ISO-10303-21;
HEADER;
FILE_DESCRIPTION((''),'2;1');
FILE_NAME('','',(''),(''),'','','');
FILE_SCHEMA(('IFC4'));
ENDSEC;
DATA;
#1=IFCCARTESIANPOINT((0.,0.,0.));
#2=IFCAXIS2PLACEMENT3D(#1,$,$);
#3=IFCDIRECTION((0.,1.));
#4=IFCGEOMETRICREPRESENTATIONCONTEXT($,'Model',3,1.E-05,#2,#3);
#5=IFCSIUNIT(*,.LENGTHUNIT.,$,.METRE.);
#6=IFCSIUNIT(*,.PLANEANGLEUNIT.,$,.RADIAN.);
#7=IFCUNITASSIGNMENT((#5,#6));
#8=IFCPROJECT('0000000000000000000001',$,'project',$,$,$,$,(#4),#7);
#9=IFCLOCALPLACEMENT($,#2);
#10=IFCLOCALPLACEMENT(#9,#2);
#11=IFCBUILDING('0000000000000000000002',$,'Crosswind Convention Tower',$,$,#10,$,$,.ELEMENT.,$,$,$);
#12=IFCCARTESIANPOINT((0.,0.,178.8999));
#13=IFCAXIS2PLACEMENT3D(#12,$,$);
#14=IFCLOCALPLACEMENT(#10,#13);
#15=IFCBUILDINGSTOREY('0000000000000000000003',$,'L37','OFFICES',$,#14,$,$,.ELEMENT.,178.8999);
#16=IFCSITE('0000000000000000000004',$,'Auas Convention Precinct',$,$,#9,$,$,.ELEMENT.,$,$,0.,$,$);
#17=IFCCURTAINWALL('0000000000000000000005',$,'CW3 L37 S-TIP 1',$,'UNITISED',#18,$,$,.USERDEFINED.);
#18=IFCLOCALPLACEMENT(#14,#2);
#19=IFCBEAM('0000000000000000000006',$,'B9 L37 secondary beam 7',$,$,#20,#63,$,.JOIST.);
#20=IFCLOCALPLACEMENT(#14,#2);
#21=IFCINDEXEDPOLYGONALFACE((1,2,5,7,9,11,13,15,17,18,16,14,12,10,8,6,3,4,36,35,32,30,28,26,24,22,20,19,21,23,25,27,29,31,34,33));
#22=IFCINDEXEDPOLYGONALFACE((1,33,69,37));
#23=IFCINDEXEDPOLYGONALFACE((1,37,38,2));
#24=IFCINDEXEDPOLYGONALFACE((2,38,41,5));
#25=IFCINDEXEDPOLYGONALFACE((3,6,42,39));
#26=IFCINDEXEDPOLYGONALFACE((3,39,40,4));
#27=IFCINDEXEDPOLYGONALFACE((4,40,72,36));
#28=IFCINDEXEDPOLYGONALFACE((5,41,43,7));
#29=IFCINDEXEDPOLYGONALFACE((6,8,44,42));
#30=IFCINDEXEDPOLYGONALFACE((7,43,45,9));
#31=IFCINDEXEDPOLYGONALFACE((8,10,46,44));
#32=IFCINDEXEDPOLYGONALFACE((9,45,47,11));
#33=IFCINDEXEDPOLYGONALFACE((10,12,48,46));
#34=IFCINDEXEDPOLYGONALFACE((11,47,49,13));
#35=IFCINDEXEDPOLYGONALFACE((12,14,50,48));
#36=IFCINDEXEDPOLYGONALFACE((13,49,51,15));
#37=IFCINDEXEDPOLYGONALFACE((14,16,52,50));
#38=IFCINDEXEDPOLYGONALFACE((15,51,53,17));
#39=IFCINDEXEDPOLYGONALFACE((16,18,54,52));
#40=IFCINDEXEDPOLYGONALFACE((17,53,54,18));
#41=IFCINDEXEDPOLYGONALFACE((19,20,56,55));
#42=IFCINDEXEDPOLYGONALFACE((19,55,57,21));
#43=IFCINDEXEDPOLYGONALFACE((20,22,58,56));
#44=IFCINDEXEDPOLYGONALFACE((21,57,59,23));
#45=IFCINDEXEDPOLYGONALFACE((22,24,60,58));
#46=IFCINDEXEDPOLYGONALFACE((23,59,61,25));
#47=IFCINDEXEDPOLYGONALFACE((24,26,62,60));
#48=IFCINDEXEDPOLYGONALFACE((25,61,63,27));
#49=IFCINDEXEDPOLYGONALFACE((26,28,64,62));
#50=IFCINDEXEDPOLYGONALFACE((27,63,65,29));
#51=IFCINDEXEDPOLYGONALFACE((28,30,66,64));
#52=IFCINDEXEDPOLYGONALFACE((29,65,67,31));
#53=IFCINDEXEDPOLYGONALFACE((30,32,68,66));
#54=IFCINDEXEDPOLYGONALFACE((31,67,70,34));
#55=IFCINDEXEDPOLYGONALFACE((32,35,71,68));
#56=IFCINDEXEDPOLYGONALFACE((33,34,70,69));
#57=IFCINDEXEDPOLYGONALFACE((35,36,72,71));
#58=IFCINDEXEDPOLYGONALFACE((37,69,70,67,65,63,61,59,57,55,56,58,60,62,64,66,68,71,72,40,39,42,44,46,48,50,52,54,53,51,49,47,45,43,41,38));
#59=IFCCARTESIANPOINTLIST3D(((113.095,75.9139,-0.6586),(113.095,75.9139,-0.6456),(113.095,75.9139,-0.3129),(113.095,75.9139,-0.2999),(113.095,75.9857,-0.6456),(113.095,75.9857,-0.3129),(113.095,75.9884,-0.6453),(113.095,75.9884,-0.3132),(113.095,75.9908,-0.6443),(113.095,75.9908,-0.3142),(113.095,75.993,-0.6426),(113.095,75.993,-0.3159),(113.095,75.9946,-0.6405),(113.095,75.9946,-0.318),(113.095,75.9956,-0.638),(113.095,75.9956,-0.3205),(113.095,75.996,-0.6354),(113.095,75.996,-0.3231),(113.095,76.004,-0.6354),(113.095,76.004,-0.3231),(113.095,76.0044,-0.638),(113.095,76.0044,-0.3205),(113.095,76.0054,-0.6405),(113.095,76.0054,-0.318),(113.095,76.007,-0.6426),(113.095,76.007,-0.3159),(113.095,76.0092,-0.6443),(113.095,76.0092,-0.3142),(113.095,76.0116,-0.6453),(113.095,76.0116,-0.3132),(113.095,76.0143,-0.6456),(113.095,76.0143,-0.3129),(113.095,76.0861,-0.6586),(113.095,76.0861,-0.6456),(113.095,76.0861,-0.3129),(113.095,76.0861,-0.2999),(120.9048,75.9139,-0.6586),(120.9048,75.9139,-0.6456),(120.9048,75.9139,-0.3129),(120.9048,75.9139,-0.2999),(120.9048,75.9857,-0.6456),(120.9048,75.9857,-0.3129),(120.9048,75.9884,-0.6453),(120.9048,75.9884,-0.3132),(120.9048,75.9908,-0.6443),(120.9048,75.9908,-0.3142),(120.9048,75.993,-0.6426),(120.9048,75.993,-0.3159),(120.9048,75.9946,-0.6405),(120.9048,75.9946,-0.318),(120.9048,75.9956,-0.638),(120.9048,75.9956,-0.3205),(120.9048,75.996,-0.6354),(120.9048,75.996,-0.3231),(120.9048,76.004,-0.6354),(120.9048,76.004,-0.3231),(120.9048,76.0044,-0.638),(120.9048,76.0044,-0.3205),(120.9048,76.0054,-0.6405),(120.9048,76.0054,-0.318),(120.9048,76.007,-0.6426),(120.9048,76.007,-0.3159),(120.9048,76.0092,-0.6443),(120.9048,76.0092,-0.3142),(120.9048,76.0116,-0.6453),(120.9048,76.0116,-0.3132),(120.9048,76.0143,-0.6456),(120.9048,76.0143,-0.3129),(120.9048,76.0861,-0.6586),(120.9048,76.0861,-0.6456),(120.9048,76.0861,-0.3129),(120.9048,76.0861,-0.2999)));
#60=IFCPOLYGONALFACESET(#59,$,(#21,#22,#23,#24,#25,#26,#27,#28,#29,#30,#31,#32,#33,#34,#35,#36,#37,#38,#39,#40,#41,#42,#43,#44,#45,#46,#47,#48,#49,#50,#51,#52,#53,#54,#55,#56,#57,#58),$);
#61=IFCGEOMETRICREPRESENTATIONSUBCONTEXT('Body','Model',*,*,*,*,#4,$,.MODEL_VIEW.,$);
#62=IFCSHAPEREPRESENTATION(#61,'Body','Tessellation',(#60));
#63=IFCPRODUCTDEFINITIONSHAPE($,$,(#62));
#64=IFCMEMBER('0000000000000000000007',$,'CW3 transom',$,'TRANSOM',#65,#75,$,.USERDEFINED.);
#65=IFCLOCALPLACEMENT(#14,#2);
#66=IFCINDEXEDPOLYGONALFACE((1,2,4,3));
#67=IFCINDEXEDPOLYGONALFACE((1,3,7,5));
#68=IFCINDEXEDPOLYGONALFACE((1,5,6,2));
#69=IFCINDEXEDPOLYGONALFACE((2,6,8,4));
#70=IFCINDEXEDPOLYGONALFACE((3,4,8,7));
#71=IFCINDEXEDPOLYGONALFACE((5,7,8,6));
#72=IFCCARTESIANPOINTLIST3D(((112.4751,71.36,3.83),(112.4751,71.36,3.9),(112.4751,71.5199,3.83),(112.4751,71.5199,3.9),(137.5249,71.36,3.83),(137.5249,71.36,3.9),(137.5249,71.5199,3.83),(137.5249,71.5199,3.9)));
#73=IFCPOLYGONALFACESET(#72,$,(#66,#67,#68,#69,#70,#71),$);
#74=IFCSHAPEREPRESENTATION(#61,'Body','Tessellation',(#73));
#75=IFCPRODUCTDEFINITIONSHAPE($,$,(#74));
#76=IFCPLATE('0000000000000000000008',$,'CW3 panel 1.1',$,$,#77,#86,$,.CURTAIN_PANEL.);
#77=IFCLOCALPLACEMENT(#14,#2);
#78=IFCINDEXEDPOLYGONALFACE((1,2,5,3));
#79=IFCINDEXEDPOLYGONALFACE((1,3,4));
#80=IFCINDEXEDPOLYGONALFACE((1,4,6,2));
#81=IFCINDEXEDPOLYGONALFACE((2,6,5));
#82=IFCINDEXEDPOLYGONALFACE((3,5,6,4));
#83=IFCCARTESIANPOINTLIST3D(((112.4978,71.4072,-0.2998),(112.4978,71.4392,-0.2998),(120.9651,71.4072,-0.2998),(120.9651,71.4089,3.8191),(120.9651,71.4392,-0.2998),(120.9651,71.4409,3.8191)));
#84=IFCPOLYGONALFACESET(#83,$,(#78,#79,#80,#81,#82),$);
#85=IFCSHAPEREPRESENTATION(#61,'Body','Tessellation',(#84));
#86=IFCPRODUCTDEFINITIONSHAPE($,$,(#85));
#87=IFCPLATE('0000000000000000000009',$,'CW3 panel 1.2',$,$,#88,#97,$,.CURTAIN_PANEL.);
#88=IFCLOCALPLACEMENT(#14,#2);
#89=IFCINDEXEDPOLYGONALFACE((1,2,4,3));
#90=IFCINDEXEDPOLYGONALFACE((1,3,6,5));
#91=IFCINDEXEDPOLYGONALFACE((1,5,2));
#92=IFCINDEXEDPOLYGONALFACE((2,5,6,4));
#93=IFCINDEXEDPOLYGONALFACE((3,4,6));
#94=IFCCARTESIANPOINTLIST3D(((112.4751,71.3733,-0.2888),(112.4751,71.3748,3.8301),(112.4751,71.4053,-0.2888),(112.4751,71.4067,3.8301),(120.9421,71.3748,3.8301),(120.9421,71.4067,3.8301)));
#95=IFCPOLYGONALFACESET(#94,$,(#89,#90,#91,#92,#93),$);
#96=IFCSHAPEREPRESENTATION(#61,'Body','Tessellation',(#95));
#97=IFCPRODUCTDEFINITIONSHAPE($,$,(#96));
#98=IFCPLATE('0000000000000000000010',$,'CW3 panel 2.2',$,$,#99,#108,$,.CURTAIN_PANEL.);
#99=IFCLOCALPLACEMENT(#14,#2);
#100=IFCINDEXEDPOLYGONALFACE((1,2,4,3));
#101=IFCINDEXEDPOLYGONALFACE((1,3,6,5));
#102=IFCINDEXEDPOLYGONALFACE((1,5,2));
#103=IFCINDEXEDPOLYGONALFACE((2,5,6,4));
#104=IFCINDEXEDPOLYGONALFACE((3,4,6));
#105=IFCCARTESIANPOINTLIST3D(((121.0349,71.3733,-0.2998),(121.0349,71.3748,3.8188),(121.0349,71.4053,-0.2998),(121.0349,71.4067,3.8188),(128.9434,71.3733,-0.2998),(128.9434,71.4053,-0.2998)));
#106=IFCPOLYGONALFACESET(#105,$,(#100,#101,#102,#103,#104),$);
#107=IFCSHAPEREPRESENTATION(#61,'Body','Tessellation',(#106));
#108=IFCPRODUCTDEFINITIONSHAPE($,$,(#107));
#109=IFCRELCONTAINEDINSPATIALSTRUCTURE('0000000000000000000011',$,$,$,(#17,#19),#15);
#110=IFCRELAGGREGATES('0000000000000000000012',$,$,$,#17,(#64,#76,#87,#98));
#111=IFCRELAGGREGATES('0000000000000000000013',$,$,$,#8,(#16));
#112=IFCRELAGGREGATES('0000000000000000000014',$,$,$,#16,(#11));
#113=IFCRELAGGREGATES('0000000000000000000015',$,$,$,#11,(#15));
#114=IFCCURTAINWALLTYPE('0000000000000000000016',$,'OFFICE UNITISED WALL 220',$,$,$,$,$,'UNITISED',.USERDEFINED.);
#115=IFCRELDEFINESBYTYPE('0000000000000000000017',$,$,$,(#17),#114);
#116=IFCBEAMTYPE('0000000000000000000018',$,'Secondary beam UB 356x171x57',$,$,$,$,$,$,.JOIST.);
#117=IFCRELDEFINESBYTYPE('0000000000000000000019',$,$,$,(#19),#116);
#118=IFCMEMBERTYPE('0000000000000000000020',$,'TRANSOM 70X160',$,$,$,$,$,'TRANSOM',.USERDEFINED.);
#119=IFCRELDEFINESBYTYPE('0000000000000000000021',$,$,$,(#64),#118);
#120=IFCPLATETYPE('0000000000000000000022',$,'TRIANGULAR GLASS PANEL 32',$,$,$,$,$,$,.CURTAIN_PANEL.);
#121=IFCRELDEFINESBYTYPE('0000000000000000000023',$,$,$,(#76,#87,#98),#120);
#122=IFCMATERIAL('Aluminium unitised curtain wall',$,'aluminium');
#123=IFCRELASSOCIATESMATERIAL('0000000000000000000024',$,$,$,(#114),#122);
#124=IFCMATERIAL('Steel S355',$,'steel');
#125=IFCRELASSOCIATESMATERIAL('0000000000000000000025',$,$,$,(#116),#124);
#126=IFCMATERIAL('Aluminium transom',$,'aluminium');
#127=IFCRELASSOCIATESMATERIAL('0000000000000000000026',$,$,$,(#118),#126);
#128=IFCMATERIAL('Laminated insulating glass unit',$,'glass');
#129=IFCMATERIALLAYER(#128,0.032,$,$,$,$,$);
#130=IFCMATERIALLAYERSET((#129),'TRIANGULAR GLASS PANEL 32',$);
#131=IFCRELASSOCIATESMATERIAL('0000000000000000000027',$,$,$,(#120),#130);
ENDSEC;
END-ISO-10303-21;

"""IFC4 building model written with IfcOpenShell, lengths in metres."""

from ifc_helpers import new_model, si_unit, direction, frame, origin, origin_2d, place, context, subcontext, project, spatial, polyline, rectangle, i_section, outline, extrude, material, layer, layer_set, material_profile, profile_set, type_object, element, aggregate, save


model = new_model("IFC4")

# Units and contexts
model_context = context("Model", 3, precision=1e-05, world=origin(), true_north=direction((0.0, 1.0)))
body_context = subcontext(model_context, "Body", "Model", "MODEL_VIEW")
ifc_project = project(units=[si_unit("LENGTHUNIT", "METRE"), si_unit("PLANEANGLEUNIT", "RADIAN")], contexts=[model_context])

# Site, building, storey
site_placement = place(None, origin())
site = spatial("IfcSite", under=ifc_project, at=site_placement, Name="Auas Convention Precinct", CompositionType="ELEMENT", RefElevation=0.0)
building_placement = place(site_placement, origin())
building = spatial("IfcBuilding", under=site, at=building_placement, Name="Crosswind Convention Tower", CompositionType="ELEMENT")
storey_placement = place(building_placement, frame((0.0, 0.0, 178.8999)))
storey = spatial("IfcBuildingStorey", under=building, at=storey_placement, Name="L37", Description="OFFICES", CompositionType="ELEMENT", Elevation=178.8999)

# Shared definitions
ifc_material_1 = material(Name="Steel S355", Category="steel")

# Curtain wall
ifc_material_2 = material(Name="Aluminium unitised curtain wall", Category="aluminium")
curtain_wall_type = type_object("IfcCurtainWallType", Name="OFFICE UNITISED WALL 220", ElementType="UNITISED", PredefinedType="USERDEFINED", material=ifc_material_2)
curtain_wall_placement = place(storey_placement, origin())
curtain_wall = element("IfcCurtainWall", 1, at=curtain_wall_placement, inside=storey, type_object=curtain_wall_type, Name="CW3 L37 S-TIP 1", ObjectType="UNITISED", PredefinedType="USERDEFINED")

# Beam
ifc_material_profile_1 = material_profile(ifc_material_1, i_section(OverallWidth=0.1721, OverallDepth=0.3586, WebThickness=0.0081, FlangeThickness=0.0129, FilletRadius=0.0103, at=origin_2d()), Name="UB 356x171x57")
ifc_profile_set_1 = profile_set([ifc_material_profile_1], Name="Steel S355")
beam_type_1 = type_object("IfcBeamType", Name="Secondary beam UB 356x171x57", PredefinedType="JOIST", material=ifc_profile_set_1)
beam_1_placement = place(storey_placement, frame((113.095, 76.0, -0.4792), z_axis=(1.0, 0.0, 0.0), x_axis=(0.0, 1.0, 0.0)))
element("IfcBeam", 2, at=beam_1_placement, inside=storey, type_object=beam_type_1, Name="B9 L37 secondary beam 7", PredefinedType="JOIST", context=body_context, shape_type="SweptSolid", body=[
    extrude(i_section(OverallWidth=0.1721, OverallDepth=0.3586, WebThickness=0.0081, FlangeThickness=0.0129, FilletRadius=0.0103, at=origin_2d()), origin(), (0.0, 0.0, 1.0), 7.8098),
])

# Member
ifc_material_3 = material(Name="Aluminium transom", Category="aluminium")
ifc_material_profile_2 = material_profile(ifc_material_3, rectangle(XDim=0.1599, YDim=0.0701, at=origin_2d()), Name="AL 160X70")
ifc_profile_set_2 = profile_set([ifc_material_profile_2], Name="Aluminium transom")
member_type_1 = type_object("IfcMemberType", Name="TRANSOM 70X160", ElementType="TRANSOM", PredefinedType="USERDEFINED", material=ifc_profile_set_2)
member_1_placement = place(storey_placement, frame((112.4751, 71.4399, 3.865), z_axis=(1.0, 0.0, 0.0), x_axis=(0.0, 1.0, 0.0)))
member_1 = element("IfcMember", 3, at=member_1_placement, type_object=member_type_1, Name="CW3 transom", ObjectType="TRANSOM", PredefinedType="USERDEFINED", context=body_context, shape_type="SweptSolid", body=[
    extrude(rectangle(XDim=0.1599, YDim=0.0701, at=origin_2d()), origin(), (0.0, 0.0, 1.0), 25.0498),
])

# Plates
ifc_material_4 = material(Name="Laminated insulating glass unit", Category="glass")
ifc_layer_1 = layer(ifc_material_4, 0.032)
ifc_layer_set_1 = layer_set([ifc_layer_1], Name="TRIANGULAR GLASS PANEL 32")
plate_type = type_object("IfcPlateType", Name="TRIANGULAR GLASS PANEL 32", PredefinedType="CURTAIN_PANEL", material=ifc_layer_set_1)
plate_1_placement = place(storey_placement, frame((120.9651, 71.4072, -0.2998), z_axis=(0.0, -1.0, 0.000415), x_axis=(0.0, 0.000415, 1.0)))
plate_1 = element("IfcPlate", 4, at=plate_1_placement, type_object=plate_type, Name="CW3 panel 1.1", PredefinedType="CURTAIN_PANEL", context=body_context, shape_type="SweptSolid", body=[
    extrude(outline(polyline([(0.0, 0.0), (4.1189, 0.0), (0.0, 8.4673), (0.0, 0.0)])), origin(), (0.0, 0.0, -1.0), 0.032),
])
plate_2_placement = place(storey_placement, frame((112.4751, 71.3748, 3.8301), z_axis=(0.0, -1.0, 0.000356), x_axis=(0.0, -0.000356, -1.0)))
plate_2 = element("IfcPlate", 5, at=plate_2_placement, type_object=plate_type, Name="CW3 panel 1.2", PredefinedType="CURTAIN_PANEL", context=body_context, shape_type="SweptSolid", body=[
    extrude(outline(polyline([(0.0, 0.0), (4.1189, 0.0), (0.0, 8.467), (0.0, 0.0)])), origin(), (0.0, 0.0, -1.0), 0.032),
])
plate_3_placement = place(storey_placement, frame((121.0349, 71.3733, -0.2998), z_axis=(0.0, -1.0, 0.000356), x_axis=(1.0, 0.0, 0.0)))
plate_3 = element("IfcPlate", 6, at=plate_3_placement, type_object=plate_type, Name="CW3 panel 2.2", PredefinedType="CURTAIN_PANEL", context=body_context, shape_type="SweptSolid", body=[
    extrude(outline(polyline([(0.0, 0.0), (7.9084, 0.0), (0.0, 4.1187), (0.0, 0.0)])), origin(), (0.0, 0.0, -1.0), 0.032),
])
aggregate(curtain_wall, [member_1, plate_1, plate_2, plate_3])

save(model, "model.ifc")
